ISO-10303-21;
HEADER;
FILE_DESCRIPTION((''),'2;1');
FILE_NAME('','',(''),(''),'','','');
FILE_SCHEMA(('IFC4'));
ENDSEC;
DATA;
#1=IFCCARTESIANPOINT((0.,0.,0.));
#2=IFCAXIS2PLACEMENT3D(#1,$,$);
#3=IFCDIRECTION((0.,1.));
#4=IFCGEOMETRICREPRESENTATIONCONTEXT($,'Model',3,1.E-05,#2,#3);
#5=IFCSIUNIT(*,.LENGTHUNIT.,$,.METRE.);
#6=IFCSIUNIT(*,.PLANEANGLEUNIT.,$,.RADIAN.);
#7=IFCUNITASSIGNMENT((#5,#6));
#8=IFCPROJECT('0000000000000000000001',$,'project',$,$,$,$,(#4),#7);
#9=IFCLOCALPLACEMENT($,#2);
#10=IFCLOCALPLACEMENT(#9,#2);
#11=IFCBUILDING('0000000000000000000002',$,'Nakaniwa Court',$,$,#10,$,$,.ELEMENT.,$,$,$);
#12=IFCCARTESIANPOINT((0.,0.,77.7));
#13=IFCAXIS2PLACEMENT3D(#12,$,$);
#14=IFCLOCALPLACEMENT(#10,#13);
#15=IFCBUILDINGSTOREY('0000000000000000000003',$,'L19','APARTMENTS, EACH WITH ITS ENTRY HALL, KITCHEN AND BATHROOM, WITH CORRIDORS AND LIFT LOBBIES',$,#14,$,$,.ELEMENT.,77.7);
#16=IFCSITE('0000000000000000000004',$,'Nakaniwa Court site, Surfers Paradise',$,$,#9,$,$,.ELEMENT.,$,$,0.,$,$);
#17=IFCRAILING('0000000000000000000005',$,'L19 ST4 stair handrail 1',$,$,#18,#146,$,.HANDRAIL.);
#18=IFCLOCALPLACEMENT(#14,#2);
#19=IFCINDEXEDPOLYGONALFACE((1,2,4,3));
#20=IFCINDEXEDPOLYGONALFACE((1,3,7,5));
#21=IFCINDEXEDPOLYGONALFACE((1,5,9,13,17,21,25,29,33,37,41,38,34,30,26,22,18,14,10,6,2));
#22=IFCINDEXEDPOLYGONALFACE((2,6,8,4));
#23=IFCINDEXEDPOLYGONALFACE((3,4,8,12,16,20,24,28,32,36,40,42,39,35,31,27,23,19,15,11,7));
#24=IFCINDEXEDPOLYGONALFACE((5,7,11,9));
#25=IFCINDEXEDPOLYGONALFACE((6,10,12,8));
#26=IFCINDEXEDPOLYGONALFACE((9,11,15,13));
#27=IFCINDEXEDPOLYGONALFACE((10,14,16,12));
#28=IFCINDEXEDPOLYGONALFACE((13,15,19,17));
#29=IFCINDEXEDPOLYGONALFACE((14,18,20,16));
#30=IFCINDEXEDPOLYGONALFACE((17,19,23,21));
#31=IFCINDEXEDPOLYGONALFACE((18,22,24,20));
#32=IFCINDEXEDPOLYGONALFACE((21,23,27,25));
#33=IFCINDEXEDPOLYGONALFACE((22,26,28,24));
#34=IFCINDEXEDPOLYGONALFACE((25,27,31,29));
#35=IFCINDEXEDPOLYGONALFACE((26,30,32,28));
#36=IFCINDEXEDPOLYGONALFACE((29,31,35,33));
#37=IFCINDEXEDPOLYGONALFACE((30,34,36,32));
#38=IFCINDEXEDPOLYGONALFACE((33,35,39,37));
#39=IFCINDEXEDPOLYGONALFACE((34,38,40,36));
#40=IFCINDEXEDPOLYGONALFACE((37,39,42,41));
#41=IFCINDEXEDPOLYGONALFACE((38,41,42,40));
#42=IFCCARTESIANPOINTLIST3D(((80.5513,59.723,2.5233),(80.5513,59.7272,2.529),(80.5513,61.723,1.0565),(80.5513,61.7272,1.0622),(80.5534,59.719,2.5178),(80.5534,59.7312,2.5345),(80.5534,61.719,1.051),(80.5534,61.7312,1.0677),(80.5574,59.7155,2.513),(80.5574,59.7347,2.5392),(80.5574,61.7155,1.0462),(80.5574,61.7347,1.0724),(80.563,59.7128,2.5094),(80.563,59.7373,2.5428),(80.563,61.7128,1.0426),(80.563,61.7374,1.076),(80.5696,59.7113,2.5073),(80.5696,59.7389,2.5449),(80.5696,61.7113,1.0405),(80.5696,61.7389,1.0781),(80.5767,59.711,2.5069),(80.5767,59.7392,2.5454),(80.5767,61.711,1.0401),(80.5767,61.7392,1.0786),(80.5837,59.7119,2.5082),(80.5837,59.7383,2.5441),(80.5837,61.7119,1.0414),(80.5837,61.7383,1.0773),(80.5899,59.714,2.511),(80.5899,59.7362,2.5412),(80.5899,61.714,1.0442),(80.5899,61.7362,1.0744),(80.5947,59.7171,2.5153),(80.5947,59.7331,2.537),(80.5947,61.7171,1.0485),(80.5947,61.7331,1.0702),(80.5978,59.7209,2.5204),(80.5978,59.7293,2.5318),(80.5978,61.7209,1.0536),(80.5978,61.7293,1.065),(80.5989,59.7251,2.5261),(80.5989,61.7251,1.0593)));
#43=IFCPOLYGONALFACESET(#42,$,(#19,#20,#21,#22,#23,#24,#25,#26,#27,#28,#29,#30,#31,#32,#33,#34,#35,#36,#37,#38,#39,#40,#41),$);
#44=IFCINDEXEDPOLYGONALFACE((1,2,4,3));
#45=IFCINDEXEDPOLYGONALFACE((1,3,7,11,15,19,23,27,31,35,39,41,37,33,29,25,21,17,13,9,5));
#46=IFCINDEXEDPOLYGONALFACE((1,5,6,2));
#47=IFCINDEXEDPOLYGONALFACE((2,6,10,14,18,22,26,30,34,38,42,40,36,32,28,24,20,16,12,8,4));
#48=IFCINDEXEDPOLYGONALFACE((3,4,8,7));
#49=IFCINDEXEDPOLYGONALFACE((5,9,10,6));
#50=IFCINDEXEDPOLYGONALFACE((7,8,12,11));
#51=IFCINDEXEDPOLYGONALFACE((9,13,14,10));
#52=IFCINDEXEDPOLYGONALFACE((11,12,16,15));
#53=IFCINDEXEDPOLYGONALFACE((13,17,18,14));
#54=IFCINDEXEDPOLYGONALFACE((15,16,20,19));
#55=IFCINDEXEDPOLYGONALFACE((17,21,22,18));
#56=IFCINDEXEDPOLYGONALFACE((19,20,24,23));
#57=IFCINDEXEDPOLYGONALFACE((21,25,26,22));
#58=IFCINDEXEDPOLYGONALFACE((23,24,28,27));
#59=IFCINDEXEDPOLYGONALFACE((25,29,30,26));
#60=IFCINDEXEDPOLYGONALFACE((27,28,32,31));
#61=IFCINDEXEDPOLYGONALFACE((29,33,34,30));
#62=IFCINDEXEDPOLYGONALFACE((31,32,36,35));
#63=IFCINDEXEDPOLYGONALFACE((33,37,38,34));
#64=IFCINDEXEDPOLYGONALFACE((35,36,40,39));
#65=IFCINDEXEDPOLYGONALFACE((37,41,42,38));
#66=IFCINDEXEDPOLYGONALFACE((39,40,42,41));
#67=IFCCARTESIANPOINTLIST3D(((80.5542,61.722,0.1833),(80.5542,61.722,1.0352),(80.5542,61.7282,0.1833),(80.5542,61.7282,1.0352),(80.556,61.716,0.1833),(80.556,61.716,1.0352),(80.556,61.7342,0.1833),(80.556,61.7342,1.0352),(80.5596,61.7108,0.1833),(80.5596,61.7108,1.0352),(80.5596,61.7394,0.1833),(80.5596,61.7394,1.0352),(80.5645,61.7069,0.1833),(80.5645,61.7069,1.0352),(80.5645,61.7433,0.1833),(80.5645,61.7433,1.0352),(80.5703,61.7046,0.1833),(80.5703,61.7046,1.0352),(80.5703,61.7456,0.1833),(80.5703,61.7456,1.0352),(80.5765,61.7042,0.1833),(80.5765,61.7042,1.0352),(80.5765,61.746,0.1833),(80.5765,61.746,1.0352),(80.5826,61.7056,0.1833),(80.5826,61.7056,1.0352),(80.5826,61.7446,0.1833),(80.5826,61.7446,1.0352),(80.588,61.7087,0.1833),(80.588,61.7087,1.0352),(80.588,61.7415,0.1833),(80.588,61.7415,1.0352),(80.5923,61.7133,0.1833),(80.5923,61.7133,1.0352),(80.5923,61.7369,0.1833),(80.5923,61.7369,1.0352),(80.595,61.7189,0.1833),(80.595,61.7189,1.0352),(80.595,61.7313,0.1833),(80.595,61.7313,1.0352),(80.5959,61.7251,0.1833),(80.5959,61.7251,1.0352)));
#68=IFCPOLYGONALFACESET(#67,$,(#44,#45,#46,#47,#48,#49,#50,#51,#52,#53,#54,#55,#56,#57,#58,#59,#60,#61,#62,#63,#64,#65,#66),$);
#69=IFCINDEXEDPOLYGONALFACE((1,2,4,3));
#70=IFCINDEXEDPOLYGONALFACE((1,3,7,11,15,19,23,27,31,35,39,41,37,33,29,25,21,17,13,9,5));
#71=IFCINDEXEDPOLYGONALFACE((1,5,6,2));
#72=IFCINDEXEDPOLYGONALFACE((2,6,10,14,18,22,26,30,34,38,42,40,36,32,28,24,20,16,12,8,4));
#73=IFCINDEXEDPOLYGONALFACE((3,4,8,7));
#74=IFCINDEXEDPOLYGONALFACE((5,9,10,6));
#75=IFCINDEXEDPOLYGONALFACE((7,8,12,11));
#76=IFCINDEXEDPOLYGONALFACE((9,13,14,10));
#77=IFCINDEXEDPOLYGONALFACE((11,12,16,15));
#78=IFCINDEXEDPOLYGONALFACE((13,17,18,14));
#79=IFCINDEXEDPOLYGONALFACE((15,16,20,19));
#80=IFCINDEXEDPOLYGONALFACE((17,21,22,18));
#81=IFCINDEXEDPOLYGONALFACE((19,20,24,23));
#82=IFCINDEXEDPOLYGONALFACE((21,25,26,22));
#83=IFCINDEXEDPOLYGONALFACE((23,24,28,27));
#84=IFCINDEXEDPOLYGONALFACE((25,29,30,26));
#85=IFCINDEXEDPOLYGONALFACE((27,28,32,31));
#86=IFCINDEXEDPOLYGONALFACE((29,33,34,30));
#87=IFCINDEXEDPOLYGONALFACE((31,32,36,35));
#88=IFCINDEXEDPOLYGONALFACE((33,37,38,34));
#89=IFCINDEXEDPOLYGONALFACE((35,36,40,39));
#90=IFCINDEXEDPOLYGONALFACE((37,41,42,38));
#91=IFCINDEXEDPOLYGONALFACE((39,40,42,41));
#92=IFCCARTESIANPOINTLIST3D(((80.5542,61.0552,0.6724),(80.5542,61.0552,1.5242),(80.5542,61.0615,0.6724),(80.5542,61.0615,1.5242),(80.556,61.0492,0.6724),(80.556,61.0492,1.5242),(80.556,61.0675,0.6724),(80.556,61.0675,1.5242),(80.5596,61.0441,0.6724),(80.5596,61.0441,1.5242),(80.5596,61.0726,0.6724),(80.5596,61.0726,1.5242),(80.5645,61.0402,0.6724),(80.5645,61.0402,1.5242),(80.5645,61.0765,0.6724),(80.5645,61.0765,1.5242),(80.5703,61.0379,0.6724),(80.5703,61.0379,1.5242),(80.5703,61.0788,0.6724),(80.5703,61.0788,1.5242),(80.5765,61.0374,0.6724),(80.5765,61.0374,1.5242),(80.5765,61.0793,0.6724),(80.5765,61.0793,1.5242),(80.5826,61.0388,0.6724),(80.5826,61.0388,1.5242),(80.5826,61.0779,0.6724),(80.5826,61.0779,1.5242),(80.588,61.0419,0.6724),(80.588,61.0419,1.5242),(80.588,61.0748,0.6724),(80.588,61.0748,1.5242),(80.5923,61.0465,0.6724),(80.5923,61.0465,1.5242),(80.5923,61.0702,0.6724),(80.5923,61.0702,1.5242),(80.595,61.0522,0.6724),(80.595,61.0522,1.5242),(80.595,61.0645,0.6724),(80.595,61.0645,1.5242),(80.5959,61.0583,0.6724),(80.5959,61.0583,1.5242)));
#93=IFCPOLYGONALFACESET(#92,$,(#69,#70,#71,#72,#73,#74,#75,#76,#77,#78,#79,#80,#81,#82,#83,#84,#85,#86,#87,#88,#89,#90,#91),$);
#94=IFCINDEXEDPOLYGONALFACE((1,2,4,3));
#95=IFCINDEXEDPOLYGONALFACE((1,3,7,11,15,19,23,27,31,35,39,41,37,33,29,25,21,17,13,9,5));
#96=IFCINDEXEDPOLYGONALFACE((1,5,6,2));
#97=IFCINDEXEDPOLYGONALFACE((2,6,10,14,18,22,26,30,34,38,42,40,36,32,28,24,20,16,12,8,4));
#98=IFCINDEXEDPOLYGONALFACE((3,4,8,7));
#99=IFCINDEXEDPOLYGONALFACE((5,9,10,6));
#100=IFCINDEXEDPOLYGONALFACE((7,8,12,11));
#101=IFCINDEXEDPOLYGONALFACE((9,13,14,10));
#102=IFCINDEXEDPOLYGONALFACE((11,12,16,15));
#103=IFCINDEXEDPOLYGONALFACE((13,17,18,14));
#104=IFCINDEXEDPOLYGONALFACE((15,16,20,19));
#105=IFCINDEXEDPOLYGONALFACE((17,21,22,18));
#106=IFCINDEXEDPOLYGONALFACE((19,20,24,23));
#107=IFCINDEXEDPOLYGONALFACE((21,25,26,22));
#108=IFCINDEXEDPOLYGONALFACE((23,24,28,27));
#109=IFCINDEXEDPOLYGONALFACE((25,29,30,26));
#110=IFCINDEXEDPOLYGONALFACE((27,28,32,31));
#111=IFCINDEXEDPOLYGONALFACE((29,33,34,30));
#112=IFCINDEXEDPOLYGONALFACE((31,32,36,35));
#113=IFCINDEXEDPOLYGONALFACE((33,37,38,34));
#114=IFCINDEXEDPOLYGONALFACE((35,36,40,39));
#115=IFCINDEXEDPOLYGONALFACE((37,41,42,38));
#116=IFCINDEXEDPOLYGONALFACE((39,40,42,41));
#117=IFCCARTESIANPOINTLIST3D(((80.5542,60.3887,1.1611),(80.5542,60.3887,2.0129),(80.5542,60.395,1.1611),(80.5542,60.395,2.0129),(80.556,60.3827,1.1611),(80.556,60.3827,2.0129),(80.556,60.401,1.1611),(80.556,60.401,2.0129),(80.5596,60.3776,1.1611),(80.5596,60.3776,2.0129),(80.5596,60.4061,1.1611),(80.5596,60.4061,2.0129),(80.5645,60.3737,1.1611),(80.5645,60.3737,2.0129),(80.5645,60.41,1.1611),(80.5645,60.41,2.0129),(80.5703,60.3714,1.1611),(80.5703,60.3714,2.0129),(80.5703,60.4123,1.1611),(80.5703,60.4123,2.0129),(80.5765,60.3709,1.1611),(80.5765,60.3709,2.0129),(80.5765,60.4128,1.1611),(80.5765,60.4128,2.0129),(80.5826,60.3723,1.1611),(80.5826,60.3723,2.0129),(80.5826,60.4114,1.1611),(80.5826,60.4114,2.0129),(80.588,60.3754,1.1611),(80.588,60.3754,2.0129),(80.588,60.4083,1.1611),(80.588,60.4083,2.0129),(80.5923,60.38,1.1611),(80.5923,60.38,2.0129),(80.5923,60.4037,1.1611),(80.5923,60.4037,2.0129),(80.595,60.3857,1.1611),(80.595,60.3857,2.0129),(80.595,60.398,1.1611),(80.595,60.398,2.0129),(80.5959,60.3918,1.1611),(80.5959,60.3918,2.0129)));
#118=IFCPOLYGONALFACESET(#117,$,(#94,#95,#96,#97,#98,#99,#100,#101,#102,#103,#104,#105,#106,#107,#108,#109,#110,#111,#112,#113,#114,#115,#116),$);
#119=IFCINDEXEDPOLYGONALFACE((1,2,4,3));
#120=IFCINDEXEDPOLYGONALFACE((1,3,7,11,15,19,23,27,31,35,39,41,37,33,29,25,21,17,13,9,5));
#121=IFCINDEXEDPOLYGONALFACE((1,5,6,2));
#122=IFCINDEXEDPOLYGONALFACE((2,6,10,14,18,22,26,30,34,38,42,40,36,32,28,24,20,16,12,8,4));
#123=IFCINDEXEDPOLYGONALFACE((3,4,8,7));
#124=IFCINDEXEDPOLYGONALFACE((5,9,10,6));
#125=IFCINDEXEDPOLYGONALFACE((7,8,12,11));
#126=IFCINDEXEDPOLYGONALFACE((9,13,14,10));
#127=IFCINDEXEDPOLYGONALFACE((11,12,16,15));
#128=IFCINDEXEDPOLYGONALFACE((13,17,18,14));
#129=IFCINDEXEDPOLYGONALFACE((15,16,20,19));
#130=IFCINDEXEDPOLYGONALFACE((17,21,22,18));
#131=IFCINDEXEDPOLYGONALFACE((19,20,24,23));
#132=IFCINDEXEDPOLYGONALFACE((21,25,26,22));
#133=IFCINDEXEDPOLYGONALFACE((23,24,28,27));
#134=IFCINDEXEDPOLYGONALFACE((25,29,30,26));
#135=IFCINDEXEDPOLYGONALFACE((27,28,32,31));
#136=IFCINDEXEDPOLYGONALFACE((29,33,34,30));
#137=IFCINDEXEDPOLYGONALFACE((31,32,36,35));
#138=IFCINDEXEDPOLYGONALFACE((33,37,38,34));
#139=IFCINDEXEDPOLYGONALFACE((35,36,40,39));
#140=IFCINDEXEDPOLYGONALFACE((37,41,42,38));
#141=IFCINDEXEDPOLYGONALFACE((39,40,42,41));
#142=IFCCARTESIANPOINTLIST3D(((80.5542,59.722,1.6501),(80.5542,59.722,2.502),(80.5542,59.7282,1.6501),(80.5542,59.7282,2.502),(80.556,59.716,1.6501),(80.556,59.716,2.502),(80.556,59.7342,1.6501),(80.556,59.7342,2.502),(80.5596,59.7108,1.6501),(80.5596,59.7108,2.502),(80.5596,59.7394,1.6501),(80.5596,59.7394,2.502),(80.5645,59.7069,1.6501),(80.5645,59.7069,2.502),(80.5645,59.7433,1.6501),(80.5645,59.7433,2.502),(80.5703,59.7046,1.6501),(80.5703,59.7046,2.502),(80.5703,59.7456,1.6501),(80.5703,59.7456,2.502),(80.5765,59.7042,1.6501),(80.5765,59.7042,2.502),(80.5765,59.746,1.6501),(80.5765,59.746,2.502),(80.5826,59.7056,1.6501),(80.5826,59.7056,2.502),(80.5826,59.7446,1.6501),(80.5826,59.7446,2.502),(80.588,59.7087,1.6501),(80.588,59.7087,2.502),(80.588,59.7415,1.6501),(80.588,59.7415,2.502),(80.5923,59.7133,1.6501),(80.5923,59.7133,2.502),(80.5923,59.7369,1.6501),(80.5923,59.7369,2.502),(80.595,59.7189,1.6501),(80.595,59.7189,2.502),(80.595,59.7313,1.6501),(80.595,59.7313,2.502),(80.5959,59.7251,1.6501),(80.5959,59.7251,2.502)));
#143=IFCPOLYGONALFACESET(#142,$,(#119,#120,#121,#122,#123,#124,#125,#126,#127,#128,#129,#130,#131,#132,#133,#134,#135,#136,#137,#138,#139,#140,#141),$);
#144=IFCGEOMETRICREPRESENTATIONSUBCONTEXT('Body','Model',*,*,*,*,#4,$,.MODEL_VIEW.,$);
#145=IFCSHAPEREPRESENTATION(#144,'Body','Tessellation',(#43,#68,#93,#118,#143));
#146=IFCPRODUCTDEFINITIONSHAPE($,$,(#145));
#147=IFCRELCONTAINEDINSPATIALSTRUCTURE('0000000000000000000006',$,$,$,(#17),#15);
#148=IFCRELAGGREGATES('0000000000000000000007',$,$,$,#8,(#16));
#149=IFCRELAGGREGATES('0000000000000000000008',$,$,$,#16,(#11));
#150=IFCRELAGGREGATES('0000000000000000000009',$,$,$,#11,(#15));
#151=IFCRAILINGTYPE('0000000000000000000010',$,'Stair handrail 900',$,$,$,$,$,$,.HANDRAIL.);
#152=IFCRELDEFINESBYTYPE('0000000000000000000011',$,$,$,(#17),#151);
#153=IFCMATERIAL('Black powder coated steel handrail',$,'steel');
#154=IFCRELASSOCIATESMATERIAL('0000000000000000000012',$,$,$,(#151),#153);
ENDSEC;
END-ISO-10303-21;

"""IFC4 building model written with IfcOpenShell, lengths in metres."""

from ifc_helpers import new_model, si_unit, direction, frame, origin, origin_2d, place, context, subcontext, project, spatial, circle, extrude, material, type_object, element, save


model = new_model("IFC4")

# Units and contexts
model_context = context("Model", 3, precision=1e-05, world=origin(), true_north=direction((0.0, 1.0)))
body_context = subcontext(model_context, "Body", "Model", "MODEL_VIEW")
ifc_project = project(units=[si_unit("LENGTHUNIT", "METRE"), si_unit("PLANEANGLEUNIT", "RADIAN")], contexts=[model_context])

# Site, building, storey
site_placement = place(None, origin())
site = spatial("IfcSite", under=ifc_project, at=site_placement, Name="Nakaniwa Court site, Surfers Paradise", CompositionType="ELEMENT", RefElevation=0.0)
building_placement = place(site_placement, origin())
building = spatial("IfcBuilding", under=site, at=building_placement, Name="Nakaniwa Court", CompositionType="ELEMENT")
storey_placement = place(building_placement, frame((0.0, 0.0, 77.7)))
storey = spatial("IfcBuildingStorey", under=building, at=storey_placement, Name="L19", Description="APARTMENTS, EACH WITH ITS ENTRY HALL, KITCHEN AND BATHROOM, WITH CORRIDORS AND LIFT LOBBIES", CompositionType="ELEMENT", Elevation=77.7)

# Railing
ifc_material_1 = material(Name="Black powder coated steel handrail", Category="steel")
railing_type_1 = type_object("IfcRailingType", Name="Stair handrail 900", PredefinedType="HANDRAIL", material=ifc_material_1)
railing_1_placement = place(storey_placement, frame((80.575, 61.7251, 0.1833)))
element("IfcRailing", 1, at=railing_1_placement, inside=storey, type_object=railing_type_1, Name="L19 ST4 stair handrail 1", PredefinedType="HANDRAIL", context=body_context, shape_type="SweptSolid", body=[
    extrude(circle(Radius=0.0239, at=origin_2d()), frame((0.0, 0.0, 0.876), z_axis=(0.0, -0.80638, 0.591398), x_axis=(1.0, 0.0, 0.0)), (0.0, 0.0, 1.0), 2.4802),
    extrude(circle(Radius=0.021, at=origin_2d()), origin(), (0.0, 0.0, 1.0), 0.8518),
    extrude(circle(Radius=0.021, at=origin_2d()), frame((0.0, -0.6667, 0.489)), (0.0, 0.0, 1.0), 0.8518),
    extrude(circle(Radius=0.021, at=origin_2d()), frame((0.0, -1.3333, 0.9778)), (0.0, 0.0, 1.0), 0.8518),
    extrude(circle(Radius=0.021, at=origin_2d()), frame((0.0, -2.0, 1.4668)), (0.0, 0.0, 1.0), 0.8518),
])

save(model, "model.ifc")
